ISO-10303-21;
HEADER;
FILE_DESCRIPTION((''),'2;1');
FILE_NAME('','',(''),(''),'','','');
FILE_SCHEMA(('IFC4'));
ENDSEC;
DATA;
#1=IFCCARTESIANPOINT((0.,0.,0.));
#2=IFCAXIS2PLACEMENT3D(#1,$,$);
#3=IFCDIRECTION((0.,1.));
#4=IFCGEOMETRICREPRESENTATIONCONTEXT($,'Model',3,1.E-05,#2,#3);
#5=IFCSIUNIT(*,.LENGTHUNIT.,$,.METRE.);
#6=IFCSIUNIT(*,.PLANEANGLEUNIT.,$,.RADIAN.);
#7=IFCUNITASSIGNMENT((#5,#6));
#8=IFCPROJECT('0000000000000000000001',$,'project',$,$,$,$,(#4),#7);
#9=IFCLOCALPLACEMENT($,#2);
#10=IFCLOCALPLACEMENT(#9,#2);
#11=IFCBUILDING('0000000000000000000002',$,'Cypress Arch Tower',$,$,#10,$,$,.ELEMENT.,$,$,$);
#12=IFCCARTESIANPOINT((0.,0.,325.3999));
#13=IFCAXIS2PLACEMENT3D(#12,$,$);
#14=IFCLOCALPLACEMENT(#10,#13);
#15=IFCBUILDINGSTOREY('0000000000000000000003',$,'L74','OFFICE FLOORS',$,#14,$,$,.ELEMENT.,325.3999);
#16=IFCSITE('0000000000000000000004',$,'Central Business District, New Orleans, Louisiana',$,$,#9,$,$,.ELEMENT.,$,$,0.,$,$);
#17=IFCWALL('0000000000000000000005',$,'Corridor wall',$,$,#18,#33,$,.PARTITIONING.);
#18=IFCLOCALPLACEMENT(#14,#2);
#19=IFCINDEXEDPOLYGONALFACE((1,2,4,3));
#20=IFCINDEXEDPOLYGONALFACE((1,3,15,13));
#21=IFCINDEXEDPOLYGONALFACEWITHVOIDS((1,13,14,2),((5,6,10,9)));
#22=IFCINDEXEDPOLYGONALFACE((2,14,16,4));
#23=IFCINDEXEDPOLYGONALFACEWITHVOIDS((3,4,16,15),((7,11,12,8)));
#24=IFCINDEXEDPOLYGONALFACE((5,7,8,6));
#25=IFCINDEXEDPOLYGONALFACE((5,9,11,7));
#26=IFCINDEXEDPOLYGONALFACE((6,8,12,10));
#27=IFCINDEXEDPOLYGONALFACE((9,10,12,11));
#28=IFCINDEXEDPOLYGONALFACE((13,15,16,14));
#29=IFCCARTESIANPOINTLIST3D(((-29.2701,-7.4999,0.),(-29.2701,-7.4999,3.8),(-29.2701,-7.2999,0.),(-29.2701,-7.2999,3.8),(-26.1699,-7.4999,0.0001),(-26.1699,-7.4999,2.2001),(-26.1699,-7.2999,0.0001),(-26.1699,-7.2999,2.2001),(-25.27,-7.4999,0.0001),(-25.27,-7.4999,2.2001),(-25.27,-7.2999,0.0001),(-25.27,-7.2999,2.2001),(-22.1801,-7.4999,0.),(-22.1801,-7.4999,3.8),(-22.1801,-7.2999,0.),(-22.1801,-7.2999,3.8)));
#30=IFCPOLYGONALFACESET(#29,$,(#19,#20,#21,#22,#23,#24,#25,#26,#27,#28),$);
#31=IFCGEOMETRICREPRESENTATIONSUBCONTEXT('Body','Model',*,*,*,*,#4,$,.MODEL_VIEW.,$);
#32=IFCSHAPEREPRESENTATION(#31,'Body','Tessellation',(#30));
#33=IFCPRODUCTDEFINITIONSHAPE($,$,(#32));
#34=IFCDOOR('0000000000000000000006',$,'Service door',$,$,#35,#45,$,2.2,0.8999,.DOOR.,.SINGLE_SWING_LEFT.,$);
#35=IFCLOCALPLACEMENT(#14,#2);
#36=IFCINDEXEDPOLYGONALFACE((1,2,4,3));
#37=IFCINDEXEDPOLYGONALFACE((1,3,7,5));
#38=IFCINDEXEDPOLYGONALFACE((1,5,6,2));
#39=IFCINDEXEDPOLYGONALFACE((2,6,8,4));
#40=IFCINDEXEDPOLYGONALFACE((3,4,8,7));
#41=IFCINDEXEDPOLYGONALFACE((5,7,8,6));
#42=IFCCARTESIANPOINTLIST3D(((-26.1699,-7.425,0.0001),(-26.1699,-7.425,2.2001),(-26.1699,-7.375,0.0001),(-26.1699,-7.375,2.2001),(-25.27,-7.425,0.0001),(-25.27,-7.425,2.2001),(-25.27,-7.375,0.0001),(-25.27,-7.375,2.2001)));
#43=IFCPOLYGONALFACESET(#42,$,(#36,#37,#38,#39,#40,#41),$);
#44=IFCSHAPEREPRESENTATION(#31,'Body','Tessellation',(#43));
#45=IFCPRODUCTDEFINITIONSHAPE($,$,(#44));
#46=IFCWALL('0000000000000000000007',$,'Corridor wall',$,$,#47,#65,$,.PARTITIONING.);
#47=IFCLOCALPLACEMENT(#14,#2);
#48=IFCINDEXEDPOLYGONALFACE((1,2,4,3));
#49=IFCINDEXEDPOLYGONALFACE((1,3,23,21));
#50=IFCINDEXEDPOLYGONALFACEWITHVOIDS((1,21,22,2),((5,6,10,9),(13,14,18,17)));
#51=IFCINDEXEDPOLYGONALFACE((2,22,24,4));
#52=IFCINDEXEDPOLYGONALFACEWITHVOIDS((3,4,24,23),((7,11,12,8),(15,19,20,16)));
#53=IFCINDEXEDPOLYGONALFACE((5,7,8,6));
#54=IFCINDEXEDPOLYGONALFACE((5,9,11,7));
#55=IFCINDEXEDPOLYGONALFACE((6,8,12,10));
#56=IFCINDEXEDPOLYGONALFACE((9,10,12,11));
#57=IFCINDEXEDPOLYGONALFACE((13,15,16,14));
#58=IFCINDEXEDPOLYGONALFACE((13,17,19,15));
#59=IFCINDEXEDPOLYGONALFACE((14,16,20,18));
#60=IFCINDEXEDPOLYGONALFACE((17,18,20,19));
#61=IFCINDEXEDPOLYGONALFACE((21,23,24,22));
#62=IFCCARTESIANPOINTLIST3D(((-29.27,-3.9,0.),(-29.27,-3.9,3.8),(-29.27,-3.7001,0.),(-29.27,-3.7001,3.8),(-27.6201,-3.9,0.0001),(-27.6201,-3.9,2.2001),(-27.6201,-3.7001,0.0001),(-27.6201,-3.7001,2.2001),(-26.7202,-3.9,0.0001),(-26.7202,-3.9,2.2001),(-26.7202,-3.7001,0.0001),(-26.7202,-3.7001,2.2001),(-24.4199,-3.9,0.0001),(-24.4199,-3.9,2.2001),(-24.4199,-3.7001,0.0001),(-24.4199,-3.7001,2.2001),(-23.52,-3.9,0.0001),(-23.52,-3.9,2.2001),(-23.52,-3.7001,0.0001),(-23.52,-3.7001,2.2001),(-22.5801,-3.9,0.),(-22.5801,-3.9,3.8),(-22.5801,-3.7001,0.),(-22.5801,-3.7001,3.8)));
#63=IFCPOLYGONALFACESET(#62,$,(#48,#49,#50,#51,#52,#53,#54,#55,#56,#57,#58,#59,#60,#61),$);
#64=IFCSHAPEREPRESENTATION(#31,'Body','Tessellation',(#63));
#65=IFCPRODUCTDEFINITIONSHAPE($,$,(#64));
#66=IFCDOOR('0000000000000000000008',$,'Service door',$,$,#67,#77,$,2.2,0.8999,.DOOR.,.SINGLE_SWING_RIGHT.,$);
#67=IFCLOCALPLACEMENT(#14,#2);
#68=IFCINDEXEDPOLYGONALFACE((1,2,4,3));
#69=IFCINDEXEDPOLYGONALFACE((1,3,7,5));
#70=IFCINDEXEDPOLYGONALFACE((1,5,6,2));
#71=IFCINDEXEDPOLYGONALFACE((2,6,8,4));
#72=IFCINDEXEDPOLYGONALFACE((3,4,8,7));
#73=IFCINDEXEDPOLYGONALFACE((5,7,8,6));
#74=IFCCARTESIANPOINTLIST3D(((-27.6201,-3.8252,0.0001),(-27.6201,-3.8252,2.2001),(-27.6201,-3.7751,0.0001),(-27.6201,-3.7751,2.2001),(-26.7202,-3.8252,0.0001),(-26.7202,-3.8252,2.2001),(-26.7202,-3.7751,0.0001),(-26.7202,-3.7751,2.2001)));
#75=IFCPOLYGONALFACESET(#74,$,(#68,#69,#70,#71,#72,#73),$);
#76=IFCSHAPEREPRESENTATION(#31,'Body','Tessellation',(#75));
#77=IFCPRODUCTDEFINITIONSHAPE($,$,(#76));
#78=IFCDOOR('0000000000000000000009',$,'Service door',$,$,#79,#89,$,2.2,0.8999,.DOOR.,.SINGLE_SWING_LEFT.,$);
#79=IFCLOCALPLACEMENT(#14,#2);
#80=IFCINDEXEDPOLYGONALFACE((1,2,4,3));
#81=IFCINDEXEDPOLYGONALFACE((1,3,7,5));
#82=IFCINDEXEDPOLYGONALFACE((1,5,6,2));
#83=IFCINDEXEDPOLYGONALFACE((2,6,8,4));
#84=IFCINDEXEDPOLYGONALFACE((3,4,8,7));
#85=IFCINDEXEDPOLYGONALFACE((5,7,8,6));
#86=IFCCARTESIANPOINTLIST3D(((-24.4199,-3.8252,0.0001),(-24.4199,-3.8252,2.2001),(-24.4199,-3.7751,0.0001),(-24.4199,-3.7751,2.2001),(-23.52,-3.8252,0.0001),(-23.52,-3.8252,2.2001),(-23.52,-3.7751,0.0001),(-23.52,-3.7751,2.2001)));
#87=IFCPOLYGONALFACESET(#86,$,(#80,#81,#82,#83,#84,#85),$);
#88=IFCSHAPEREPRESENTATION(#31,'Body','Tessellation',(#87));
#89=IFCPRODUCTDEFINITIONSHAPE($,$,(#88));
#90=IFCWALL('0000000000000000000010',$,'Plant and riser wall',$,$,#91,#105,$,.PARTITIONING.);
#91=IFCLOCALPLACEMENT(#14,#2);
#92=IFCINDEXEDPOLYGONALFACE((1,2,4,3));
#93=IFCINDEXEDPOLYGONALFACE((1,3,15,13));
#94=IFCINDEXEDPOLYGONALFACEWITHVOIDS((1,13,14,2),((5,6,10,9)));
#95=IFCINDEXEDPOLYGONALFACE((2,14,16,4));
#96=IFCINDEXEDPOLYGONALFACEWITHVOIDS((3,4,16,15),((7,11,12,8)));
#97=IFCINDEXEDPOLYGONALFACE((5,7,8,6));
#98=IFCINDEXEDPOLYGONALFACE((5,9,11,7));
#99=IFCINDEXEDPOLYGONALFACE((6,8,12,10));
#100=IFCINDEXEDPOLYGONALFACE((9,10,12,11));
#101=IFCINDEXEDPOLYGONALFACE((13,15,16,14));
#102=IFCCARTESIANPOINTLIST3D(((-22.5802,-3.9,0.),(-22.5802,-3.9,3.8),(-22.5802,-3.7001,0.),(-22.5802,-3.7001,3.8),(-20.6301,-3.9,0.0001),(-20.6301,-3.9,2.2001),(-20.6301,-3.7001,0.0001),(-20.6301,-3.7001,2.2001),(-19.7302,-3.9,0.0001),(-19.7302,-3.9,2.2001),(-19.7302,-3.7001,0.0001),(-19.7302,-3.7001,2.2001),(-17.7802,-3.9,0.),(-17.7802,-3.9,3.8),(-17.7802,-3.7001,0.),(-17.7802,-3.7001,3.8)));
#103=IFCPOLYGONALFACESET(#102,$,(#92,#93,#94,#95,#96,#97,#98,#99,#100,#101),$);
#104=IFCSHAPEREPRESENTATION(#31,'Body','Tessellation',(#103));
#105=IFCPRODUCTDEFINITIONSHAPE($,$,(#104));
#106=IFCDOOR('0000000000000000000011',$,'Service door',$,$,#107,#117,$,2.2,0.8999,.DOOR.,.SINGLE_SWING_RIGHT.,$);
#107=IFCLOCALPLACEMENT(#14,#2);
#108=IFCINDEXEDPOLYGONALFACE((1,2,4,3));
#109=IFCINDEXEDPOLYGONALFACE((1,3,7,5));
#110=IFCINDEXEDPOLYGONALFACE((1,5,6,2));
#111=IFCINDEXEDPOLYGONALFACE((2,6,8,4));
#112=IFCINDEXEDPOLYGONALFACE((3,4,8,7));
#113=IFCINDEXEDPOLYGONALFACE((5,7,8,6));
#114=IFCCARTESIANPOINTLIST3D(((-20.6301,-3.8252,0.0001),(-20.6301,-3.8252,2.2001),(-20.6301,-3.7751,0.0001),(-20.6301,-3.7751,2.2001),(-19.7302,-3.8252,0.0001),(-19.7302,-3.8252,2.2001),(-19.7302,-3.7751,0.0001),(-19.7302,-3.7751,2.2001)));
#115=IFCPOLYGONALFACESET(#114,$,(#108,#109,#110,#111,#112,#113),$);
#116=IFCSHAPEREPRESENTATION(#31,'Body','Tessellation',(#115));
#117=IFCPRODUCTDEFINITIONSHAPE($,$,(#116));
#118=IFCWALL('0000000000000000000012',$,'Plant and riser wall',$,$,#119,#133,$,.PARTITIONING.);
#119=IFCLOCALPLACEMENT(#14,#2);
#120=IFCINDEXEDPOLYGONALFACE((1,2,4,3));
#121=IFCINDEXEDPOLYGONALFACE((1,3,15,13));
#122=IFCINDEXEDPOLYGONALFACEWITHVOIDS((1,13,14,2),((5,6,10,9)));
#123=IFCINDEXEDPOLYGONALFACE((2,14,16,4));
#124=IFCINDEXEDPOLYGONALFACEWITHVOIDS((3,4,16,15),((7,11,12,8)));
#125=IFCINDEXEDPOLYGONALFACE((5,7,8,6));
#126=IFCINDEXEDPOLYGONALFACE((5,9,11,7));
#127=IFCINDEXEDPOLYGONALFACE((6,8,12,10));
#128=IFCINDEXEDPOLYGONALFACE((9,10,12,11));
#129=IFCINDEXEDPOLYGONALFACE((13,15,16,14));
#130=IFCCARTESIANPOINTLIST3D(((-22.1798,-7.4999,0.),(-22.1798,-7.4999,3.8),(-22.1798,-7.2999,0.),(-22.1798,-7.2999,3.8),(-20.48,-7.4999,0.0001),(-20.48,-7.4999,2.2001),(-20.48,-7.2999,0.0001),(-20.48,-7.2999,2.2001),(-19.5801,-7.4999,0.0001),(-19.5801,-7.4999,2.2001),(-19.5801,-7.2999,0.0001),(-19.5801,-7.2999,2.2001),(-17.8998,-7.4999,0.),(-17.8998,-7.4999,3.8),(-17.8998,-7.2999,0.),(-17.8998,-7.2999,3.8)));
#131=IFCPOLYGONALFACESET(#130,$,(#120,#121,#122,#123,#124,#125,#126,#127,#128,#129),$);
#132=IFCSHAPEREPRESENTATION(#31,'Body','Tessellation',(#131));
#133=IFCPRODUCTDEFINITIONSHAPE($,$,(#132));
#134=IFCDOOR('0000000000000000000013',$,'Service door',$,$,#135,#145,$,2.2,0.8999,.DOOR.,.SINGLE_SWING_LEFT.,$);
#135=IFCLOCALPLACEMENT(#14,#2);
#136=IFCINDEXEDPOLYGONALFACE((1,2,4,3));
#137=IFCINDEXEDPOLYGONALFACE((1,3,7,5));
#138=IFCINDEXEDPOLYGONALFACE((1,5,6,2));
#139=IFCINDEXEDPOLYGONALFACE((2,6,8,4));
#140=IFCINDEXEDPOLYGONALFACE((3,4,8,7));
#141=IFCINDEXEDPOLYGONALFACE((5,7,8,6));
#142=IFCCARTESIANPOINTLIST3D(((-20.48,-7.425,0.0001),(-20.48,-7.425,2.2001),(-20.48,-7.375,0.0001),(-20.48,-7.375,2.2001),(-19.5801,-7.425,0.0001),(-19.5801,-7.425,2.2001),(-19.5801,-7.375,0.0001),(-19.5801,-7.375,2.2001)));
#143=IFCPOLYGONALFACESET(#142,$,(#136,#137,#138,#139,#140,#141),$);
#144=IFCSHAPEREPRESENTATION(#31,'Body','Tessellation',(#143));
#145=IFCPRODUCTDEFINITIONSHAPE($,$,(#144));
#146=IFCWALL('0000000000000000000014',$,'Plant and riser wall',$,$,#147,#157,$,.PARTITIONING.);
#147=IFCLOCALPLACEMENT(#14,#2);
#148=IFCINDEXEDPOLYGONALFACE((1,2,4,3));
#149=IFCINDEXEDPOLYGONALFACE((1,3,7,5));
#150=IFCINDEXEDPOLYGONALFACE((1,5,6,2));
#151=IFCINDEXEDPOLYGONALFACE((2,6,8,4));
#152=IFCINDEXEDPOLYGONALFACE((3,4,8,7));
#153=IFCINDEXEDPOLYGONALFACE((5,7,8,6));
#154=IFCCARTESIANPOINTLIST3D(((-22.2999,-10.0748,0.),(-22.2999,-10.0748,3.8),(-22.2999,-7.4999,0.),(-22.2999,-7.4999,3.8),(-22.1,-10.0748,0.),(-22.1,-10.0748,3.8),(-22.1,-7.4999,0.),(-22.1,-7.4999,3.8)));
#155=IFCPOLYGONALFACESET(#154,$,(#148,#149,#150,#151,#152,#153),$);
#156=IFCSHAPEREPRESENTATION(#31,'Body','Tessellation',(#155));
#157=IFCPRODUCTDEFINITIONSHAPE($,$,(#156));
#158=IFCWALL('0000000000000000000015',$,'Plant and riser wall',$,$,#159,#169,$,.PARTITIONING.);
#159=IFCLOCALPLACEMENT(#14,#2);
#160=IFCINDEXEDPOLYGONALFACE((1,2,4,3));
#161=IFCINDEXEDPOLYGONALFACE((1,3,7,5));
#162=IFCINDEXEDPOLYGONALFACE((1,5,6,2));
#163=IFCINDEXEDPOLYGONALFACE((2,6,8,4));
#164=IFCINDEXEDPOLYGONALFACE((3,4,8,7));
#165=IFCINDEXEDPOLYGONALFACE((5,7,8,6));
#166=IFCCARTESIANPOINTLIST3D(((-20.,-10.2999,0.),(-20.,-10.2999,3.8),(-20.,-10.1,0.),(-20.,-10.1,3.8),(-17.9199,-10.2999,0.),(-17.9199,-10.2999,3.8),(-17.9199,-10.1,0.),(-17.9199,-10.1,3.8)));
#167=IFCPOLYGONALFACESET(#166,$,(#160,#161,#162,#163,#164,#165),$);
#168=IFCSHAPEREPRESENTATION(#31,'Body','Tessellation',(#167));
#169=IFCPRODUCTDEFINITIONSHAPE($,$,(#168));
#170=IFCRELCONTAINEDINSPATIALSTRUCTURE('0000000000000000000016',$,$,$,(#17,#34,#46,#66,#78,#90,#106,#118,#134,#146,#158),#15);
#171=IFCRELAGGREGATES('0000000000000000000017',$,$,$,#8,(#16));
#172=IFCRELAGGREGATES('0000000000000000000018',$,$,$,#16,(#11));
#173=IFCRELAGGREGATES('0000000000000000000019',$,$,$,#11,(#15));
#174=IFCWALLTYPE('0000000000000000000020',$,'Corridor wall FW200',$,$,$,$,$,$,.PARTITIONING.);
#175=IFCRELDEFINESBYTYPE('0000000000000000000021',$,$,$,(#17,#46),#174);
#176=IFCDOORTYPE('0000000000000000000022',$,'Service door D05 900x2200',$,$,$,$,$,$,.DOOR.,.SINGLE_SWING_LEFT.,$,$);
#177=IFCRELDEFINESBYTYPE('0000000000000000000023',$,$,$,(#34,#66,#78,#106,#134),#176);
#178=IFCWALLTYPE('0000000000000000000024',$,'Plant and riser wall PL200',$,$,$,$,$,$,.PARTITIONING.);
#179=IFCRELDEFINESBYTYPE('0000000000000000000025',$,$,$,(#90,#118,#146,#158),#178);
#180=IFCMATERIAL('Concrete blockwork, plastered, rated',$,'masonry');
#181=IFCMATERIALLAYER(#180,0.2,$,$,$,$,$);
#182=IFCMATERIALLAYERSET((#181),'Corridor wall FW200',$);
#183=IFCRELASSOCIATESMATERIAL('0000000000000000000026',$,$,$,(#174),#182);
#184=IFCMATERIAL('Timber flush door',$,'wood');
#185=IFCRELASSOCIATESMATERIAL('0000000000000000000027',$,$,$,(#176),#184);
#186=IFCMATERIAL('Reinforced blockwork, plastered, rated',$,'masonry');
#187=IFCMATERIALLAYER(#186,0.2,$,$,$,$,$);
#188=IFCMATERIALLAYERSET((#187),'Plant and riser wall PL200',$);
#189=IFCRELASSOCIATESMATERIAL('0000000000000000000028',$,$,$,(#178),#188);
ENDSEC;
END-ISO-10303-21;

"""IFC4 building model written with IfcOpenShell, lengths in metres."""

from ifc_helpers import new_model, si_unit, direction, frame, frame_2d, origin, place, context, subcontext, project, spatial, rectangle, extrude, material, layer, layer_set, type_object, element, fill, save


model = new_model("IFC4")

# Units and contexts
model_context = context("Model", 3, precision=1e-05, world=origin(), true_north=direction((0.0, 1.0)))
body_context = subcontext(model_context, "Body", "Model", "MODEL_VIEW")
ifc_project = project(units=[si_unit("LENGTHUNIT", "METRE"), si_unit("PLANEANGLEUNIT", "RADIAN")], contexts=[model_context])

# Site, building, storey
site_placement = place(None, origin())
site = spatial("IfcSite", under=ifc_project, at=site_placement, Name="Central Business District, New Orleans, Louisiana", CompositionType="ELEMENT", RefElevation=0.0)
building_placement = place(site_placement, origin())
building = spatial("IfcBuilding", under=site, at=building_placement, Name="Cypress Arch Tower", CompositionType="ELEMENT")
storey_placement = place(building_placement, frame((0.0, 0.0, 325.3999)))
storey = spatial("IfcBuildingStorey", under=building, at=storey_placement, Name="L74", Description="OFFICE FLOORS", CompositionType="ELEMENT", Elevation=325.3999)

# Wall, opening, door
ifc_material_1 = material(Name="Concrete blockwork, plastered, rated", Category="masonry")
ifc_layer_1 = layer(ifc_material_1, 0.2)
ifc_layer_set_1 = layer_set([ifc_layer_1], Name="Corridor wall FW200")
wall_type_1 = type_object("IfcWallType", Name="Corridor wall FW200", PredefinedType="PARTITIONING", material=ifc_layer_set_1)
wall_1_placement = place(storey_placement, frame((-29.27, -7.3999, 0.0), z_axis=(0.0, 0.0, 1.0), x_axis=(1.0, 0.0, 0.0)))
wall_1 = element("IfcWall", 1, at=wall_1_placement, inside=storey, type_object=wall_type_1, Name="Corridor wall", PredefinedType="PARTITIONING", context=body_context, shape_type="SweptSolid", body=[
    extrude(rectangle(XDim=7.0901, YDim=0.2, at=frame_2d((3.5449, 0.0))), origin(), (0.0, 0.0, 1.0), 3.8),
])
opening_1_placement = place(wall_1_placement, frame((3.1001, 0.0, 0.0)))
opening_1 = element("IfcOpeningElement", 2, at=opening_1_placement, cuts=wall_1, PredefinedType="OPENING", context=body_context, shape_type="SweptSolid", body=[
    extrude(rectangle(XDim=0.8999, YDim=2.2, at=frame_2d((0.45, 1.1001))), frame((0.0, 0.1099, 0.0), z_axis=(0.0, -1.0, 0.0), x_axis=(1.0, 0.0, 0.0)), (0.0, 0.0, 1.0), 0.22),
])
ifc_material_2 = material(Name="Timber flush door", Category="wood")
door_type_1 = type_object("IfcDoorType", Name="Service door D05 900x2200", OperationType="SINGLE_SWING_LEFT", PredefinedType="DOOR", material=ifc_material_2)
door_1_placement = place(opening_1_placement, origin())
door_1 = element("IfcDoor", 3, at=door_1_placement, inside=storey, type_object=door_type_1, Name="Service door", OperationType="SINGLE_SWING_LEFT", OverallHeight=2.2, OverallWidth=0.8999, PredefinedType="DOOR", context=body_context, shape_type="SweptSolid", body=[
    extrude(rectangle(XDim=0.8999, YDim=2.2, at=frame_2d((0.45, 1.1001))), frame((0.0, 0.0249, 0.0), z_axis=(0.0, -1.0, 0.0), x_axis=(1.0, 0.0, 0.0)), (0.0, 0.0, 1.0), 0.05),
])
fill(opening_1, door_1)

# Wall, openings, doors
wall_2_placement = place(storey_placement, frame((-29.27, -3.8, 0.0), z_axis=(0.0, 0.0, 1.0), x_axis=(1.0, 0.0, 0.0)))
wall_2 = element("IfcWall", 4, at=wall_2_placement, inside=storey, type_object=wall_type_1, Name="Corridor wall", PredefinedType="PARTITIONING", context=body_context, shape_type="SweptSolid", body=[
    extrude(rectangle(XDim=6.6899, YDim=0.2, at=frame_2d((3.345, 0.0))), origin(), (0.0, 0.0, 1.0), 3.8),
])
opening_2_placement = place(wall_2_placement, frame((1.6499, 0.0, 0.0)))
opening_2 = element("IfcOpeningElement", 5, at=opening_2_placement, cuts=wall_2, PredefinedType="OPENING", context=body_context, shape_type="SweptSolid", body=[
    extrude(rectangle(XDim=0.8999, YDim=2.2, at=frame_2d((0.45, 1.1001))), frame((0.0, 0.1099, 0.0), z_axis=(0.0, -1.0, 0.0), x_axis=(1.0, 0.0, 0.0)), (0.0, 0.0, 1.0), 0.22),
])
opening_3_placement = place(wall_2_placement, frame((4.8501, 0.0, 0.0)))
opening_3 = element("IfcOpeningElement", 6, at=opening_3_placement, cuts=wall_2, PredefinedType="OPENING", context=body_context, shape_type="SweptSolid", body=[
    extrude(rectangle(XDim=0.8999, YDim=2.2, at=frame_2d((0.45, 1.1001))), frame((0.0, 0.1099, 0.0), z_axis=(0.0, -1.0, 0.0), x_axis=(1.0, 0.0, 0.0)), (0.0, 0.0, 1.0), 0.22),
])
door_2_placement = place(opening_2_placement, origin())
door_2 = element("IfcDoor", 7, at=door_2_placement, inside=storey, type_object=door_type_1, Name="Service door", OperationType="SINGLE_SWING_RIGHT", OverallHeight=2.2, OverallWidth=0.8999, PredefinedType="DOOR", context=body_context, shape_type="SweptSolid", body=[
    extrude(rectangle(XDim=0.8999, YDim=2.2, at=frame_2d((0.45, 1.1001))), frame((0.0, 0.0249, 0.0), z_axis=(0.0, -1.0, 0.0), x_axis=(1.0, 0.0, 0.0)), (0.0, 0.0, 1.0), 0.05),
])
fill(opening_2, door_2)
door_3_placement = place(opening_3_placement, origin())
door_3 = element("IfcDoor", 8, at=door_3_placement, inside=storey, type_object=door_type_1, Name="Service door", OperationType="SINGLE_SWING_LEFT", OverallHeight=2.2, OverallWidth=0.8999, PredefinedType="DOOR", context=body_context, shape_type="SweptSolid", body=[
    extrude(rectangle(XDim=0.8999, YDim=2.2, at=frame_2d((0.45, 1.1001))), frame((0.0, 0.0249, 0.0), z_axis=(0.0, -1.0, 0.0), x_axis=(1.0, 0.0, 0.0)), (0.0, 0.0, 1.0), 0.05),
])
fill(opening_3, door_3)

# Walls, openings, doors
ifc_material_3 = material(Name="Reinforced blockwork, plastered, rated", Category="masonry")
ifc_layer_2 = layer(ifc_material_3, 0.2)
ifc_layer_set_2 = layer_set([ifc_layer_2], Name="Plant and riser wall PL200")
wall_type_2 = type_object("IfcWallType", Name="Plant and riser wall PL200", PredefinedType="PARTITIONING", material=ifc_layer_set_2)
wall_3_placement = place(storey_placement, frame((-22.5801, -3.8, 0.0), z_axis=(0.0, 0.0, 1.0), x_axis=(1.0, 0.0, 0.0)))
wall_3 = element("IfcWall", 9, at=wall_3_placement, inside=storey, type_object=wall_type_2, Name="Plant and riser wall", PredefinedType="PARTITIONING", context=body_context, shape_type="SweptSolid", body=[
    extrude(rectangle(XDim=4.8, YDim=0.2, at=frame_2d((2.3999, 0.0))), origin(), (0.0, 0.0, 1.0), 3.8),
])
opening_4_placement = place(wall_3_placement, frame((1.95, 0.0, 0.0)))
opening_4 = element("IfcOpeningElement", 10, at=opening_4_placement, cuts=wall_3, PredefinedType="OPENING", context=body_context, shape_type="SweptSolid", body=[
    extrude(rectangle(XDim=0.8999, YDim=2.2, at=frame_2d((0.45, 1.1001))), frame((0.0, 0.1099, 0.0), z_axis=(0.0, -1.0, 0.0), x_axis=(1.0, 0.0, 0.0)), (0.0, 0.0, 1.0), 0.22),
])
door_4_placement = place(opening_4_placement, origin())
door_4 = element("IfcDoor", 11, at=door_4_placement, inside=storey, type_object=door_type_1, Name="Service door", OperationType="SINGLE_SWING_RIGHT", OverallHeight=2.2, OverallWidth=0.8999, PredefinedType="DOOR", context=body_context, shape_type="SweptSolid", body=[
    extrude(rectangle(XDim=0.8999, YDim=2.2, at=frame_2d((0.45, 1.1001))), frame((0.0, 0.0249, 0.0), z_axis=(0.0, -1.0, 0.0), x_axis=(1.0, 0.0, 0.0)), (0.0, 0.0, 1.0), 0.05),
])
fill(opening_4, door_4)
wall_4_placement = place(storey_placement, frame((-22.1799, -7.3999, 0.0), z_axis=(0.0, 0.0, 1.0), x_axis=(1.0, 0.0, 0.0)))
wall_4 = element("IfcWall", 12, at=wall_4_placement, inside=storey, type_object=wall_type_2, Name="Plant and riser wall", PredefinedType="PARTITIONING", context=body_context, shape_type="SweptSolid", body=[
    extrude(rectangle(XDim=4.28, YDim=0.2, at=frame_2d((2.1401, 0.0))), origin(), (0.0, 0.0, 1.0), 3.8),
])
opening_5_placement = place(wall_4_placement, frame((1.7, 0.0, 0.0)))
opening_5 = element("IfcOpeningElement", 13, at=opening_5_placement, cuts=wall_4, PredefinedType="OPENING", context=body_context, shape_type="SweptSolid", body=[
    extrude(rectangle(XDim=0.8999, YDim=2.2, at=frame_2d((0.45, 1.1001))), frame((0.0, 0.1099, 0.0), z_axis=(0.0, -1.0, 0.0), x_axis=(1.0, 0.0, 0.0)), (0.0, 0.0, 1.0), 0.22),
])
door_5_placement = place(opening_5_placement, origin())
door_5 = element("IfcDoor", 14, at=door_5_placement, inside=storey, type_object=door_type_1, Name="Service door", OperationType="SINGLE_SWING_LEFT", OverallHeight=2.2, OverallWidth=0.8999, PredefinedType="DOOR", context=body_context, shape_type="SweptSolid", body=[
    extrude(rectangle(XDim=0.8999, YDim=2.2, at=frame_2d((0.45, 1.1001))), frame((0.0, 0.0249, 0.0), z_axis=(0.0, -1.0, 0.0), x_axis=(1.0, 0.0, 0.0)), (0.0, 0.0, 1.0), 0.05),
])
fill(opening_5, door_5)

# Walls
wall_5_placement = place(storey_placement, frame((-22.2, -10.075, 0.0), z_axis=(0.0, 0.0, 1.0), x_axis=(0.0, 1.0, 0.0)))
element("IfcWall", 15, at=wall_5_placement, inside=storey, type_object=wall_type_2, Name="Plant and riser wall", PredefinedType="PARTITIONING", context=body_context, shape_type="SweptSolid", body=[
    extrude(rectangle(XDim=2.575, YDim=0.2, at=frame_2d((1.2876, 0.0))), origin(), (0.0, 0.0, 1.0), 3.8),
])
wall_6_placement = place(storey_placement, frame((-20.0, -10.2, 0.0), z_axis=(0.0, 0.0, 1.0), x_axis=(1.0, 0.0, 0.0)))
element("IfcWall", 16, at=wall_6_placement, inside=storey, type_object=wall_type_2, Name="Plant and riser wall", PredefinedType="PARTITIONING", context=body_context, shape_type="SweptSolid", body=[
    extrude(rectangle(XDim=2.0801, YDim=0.2, at=frame_2d((1.04, 0.0))), origin(), (0.0, 0.0, 1.0), 3.8),
])

save(model, "model.ifc")
